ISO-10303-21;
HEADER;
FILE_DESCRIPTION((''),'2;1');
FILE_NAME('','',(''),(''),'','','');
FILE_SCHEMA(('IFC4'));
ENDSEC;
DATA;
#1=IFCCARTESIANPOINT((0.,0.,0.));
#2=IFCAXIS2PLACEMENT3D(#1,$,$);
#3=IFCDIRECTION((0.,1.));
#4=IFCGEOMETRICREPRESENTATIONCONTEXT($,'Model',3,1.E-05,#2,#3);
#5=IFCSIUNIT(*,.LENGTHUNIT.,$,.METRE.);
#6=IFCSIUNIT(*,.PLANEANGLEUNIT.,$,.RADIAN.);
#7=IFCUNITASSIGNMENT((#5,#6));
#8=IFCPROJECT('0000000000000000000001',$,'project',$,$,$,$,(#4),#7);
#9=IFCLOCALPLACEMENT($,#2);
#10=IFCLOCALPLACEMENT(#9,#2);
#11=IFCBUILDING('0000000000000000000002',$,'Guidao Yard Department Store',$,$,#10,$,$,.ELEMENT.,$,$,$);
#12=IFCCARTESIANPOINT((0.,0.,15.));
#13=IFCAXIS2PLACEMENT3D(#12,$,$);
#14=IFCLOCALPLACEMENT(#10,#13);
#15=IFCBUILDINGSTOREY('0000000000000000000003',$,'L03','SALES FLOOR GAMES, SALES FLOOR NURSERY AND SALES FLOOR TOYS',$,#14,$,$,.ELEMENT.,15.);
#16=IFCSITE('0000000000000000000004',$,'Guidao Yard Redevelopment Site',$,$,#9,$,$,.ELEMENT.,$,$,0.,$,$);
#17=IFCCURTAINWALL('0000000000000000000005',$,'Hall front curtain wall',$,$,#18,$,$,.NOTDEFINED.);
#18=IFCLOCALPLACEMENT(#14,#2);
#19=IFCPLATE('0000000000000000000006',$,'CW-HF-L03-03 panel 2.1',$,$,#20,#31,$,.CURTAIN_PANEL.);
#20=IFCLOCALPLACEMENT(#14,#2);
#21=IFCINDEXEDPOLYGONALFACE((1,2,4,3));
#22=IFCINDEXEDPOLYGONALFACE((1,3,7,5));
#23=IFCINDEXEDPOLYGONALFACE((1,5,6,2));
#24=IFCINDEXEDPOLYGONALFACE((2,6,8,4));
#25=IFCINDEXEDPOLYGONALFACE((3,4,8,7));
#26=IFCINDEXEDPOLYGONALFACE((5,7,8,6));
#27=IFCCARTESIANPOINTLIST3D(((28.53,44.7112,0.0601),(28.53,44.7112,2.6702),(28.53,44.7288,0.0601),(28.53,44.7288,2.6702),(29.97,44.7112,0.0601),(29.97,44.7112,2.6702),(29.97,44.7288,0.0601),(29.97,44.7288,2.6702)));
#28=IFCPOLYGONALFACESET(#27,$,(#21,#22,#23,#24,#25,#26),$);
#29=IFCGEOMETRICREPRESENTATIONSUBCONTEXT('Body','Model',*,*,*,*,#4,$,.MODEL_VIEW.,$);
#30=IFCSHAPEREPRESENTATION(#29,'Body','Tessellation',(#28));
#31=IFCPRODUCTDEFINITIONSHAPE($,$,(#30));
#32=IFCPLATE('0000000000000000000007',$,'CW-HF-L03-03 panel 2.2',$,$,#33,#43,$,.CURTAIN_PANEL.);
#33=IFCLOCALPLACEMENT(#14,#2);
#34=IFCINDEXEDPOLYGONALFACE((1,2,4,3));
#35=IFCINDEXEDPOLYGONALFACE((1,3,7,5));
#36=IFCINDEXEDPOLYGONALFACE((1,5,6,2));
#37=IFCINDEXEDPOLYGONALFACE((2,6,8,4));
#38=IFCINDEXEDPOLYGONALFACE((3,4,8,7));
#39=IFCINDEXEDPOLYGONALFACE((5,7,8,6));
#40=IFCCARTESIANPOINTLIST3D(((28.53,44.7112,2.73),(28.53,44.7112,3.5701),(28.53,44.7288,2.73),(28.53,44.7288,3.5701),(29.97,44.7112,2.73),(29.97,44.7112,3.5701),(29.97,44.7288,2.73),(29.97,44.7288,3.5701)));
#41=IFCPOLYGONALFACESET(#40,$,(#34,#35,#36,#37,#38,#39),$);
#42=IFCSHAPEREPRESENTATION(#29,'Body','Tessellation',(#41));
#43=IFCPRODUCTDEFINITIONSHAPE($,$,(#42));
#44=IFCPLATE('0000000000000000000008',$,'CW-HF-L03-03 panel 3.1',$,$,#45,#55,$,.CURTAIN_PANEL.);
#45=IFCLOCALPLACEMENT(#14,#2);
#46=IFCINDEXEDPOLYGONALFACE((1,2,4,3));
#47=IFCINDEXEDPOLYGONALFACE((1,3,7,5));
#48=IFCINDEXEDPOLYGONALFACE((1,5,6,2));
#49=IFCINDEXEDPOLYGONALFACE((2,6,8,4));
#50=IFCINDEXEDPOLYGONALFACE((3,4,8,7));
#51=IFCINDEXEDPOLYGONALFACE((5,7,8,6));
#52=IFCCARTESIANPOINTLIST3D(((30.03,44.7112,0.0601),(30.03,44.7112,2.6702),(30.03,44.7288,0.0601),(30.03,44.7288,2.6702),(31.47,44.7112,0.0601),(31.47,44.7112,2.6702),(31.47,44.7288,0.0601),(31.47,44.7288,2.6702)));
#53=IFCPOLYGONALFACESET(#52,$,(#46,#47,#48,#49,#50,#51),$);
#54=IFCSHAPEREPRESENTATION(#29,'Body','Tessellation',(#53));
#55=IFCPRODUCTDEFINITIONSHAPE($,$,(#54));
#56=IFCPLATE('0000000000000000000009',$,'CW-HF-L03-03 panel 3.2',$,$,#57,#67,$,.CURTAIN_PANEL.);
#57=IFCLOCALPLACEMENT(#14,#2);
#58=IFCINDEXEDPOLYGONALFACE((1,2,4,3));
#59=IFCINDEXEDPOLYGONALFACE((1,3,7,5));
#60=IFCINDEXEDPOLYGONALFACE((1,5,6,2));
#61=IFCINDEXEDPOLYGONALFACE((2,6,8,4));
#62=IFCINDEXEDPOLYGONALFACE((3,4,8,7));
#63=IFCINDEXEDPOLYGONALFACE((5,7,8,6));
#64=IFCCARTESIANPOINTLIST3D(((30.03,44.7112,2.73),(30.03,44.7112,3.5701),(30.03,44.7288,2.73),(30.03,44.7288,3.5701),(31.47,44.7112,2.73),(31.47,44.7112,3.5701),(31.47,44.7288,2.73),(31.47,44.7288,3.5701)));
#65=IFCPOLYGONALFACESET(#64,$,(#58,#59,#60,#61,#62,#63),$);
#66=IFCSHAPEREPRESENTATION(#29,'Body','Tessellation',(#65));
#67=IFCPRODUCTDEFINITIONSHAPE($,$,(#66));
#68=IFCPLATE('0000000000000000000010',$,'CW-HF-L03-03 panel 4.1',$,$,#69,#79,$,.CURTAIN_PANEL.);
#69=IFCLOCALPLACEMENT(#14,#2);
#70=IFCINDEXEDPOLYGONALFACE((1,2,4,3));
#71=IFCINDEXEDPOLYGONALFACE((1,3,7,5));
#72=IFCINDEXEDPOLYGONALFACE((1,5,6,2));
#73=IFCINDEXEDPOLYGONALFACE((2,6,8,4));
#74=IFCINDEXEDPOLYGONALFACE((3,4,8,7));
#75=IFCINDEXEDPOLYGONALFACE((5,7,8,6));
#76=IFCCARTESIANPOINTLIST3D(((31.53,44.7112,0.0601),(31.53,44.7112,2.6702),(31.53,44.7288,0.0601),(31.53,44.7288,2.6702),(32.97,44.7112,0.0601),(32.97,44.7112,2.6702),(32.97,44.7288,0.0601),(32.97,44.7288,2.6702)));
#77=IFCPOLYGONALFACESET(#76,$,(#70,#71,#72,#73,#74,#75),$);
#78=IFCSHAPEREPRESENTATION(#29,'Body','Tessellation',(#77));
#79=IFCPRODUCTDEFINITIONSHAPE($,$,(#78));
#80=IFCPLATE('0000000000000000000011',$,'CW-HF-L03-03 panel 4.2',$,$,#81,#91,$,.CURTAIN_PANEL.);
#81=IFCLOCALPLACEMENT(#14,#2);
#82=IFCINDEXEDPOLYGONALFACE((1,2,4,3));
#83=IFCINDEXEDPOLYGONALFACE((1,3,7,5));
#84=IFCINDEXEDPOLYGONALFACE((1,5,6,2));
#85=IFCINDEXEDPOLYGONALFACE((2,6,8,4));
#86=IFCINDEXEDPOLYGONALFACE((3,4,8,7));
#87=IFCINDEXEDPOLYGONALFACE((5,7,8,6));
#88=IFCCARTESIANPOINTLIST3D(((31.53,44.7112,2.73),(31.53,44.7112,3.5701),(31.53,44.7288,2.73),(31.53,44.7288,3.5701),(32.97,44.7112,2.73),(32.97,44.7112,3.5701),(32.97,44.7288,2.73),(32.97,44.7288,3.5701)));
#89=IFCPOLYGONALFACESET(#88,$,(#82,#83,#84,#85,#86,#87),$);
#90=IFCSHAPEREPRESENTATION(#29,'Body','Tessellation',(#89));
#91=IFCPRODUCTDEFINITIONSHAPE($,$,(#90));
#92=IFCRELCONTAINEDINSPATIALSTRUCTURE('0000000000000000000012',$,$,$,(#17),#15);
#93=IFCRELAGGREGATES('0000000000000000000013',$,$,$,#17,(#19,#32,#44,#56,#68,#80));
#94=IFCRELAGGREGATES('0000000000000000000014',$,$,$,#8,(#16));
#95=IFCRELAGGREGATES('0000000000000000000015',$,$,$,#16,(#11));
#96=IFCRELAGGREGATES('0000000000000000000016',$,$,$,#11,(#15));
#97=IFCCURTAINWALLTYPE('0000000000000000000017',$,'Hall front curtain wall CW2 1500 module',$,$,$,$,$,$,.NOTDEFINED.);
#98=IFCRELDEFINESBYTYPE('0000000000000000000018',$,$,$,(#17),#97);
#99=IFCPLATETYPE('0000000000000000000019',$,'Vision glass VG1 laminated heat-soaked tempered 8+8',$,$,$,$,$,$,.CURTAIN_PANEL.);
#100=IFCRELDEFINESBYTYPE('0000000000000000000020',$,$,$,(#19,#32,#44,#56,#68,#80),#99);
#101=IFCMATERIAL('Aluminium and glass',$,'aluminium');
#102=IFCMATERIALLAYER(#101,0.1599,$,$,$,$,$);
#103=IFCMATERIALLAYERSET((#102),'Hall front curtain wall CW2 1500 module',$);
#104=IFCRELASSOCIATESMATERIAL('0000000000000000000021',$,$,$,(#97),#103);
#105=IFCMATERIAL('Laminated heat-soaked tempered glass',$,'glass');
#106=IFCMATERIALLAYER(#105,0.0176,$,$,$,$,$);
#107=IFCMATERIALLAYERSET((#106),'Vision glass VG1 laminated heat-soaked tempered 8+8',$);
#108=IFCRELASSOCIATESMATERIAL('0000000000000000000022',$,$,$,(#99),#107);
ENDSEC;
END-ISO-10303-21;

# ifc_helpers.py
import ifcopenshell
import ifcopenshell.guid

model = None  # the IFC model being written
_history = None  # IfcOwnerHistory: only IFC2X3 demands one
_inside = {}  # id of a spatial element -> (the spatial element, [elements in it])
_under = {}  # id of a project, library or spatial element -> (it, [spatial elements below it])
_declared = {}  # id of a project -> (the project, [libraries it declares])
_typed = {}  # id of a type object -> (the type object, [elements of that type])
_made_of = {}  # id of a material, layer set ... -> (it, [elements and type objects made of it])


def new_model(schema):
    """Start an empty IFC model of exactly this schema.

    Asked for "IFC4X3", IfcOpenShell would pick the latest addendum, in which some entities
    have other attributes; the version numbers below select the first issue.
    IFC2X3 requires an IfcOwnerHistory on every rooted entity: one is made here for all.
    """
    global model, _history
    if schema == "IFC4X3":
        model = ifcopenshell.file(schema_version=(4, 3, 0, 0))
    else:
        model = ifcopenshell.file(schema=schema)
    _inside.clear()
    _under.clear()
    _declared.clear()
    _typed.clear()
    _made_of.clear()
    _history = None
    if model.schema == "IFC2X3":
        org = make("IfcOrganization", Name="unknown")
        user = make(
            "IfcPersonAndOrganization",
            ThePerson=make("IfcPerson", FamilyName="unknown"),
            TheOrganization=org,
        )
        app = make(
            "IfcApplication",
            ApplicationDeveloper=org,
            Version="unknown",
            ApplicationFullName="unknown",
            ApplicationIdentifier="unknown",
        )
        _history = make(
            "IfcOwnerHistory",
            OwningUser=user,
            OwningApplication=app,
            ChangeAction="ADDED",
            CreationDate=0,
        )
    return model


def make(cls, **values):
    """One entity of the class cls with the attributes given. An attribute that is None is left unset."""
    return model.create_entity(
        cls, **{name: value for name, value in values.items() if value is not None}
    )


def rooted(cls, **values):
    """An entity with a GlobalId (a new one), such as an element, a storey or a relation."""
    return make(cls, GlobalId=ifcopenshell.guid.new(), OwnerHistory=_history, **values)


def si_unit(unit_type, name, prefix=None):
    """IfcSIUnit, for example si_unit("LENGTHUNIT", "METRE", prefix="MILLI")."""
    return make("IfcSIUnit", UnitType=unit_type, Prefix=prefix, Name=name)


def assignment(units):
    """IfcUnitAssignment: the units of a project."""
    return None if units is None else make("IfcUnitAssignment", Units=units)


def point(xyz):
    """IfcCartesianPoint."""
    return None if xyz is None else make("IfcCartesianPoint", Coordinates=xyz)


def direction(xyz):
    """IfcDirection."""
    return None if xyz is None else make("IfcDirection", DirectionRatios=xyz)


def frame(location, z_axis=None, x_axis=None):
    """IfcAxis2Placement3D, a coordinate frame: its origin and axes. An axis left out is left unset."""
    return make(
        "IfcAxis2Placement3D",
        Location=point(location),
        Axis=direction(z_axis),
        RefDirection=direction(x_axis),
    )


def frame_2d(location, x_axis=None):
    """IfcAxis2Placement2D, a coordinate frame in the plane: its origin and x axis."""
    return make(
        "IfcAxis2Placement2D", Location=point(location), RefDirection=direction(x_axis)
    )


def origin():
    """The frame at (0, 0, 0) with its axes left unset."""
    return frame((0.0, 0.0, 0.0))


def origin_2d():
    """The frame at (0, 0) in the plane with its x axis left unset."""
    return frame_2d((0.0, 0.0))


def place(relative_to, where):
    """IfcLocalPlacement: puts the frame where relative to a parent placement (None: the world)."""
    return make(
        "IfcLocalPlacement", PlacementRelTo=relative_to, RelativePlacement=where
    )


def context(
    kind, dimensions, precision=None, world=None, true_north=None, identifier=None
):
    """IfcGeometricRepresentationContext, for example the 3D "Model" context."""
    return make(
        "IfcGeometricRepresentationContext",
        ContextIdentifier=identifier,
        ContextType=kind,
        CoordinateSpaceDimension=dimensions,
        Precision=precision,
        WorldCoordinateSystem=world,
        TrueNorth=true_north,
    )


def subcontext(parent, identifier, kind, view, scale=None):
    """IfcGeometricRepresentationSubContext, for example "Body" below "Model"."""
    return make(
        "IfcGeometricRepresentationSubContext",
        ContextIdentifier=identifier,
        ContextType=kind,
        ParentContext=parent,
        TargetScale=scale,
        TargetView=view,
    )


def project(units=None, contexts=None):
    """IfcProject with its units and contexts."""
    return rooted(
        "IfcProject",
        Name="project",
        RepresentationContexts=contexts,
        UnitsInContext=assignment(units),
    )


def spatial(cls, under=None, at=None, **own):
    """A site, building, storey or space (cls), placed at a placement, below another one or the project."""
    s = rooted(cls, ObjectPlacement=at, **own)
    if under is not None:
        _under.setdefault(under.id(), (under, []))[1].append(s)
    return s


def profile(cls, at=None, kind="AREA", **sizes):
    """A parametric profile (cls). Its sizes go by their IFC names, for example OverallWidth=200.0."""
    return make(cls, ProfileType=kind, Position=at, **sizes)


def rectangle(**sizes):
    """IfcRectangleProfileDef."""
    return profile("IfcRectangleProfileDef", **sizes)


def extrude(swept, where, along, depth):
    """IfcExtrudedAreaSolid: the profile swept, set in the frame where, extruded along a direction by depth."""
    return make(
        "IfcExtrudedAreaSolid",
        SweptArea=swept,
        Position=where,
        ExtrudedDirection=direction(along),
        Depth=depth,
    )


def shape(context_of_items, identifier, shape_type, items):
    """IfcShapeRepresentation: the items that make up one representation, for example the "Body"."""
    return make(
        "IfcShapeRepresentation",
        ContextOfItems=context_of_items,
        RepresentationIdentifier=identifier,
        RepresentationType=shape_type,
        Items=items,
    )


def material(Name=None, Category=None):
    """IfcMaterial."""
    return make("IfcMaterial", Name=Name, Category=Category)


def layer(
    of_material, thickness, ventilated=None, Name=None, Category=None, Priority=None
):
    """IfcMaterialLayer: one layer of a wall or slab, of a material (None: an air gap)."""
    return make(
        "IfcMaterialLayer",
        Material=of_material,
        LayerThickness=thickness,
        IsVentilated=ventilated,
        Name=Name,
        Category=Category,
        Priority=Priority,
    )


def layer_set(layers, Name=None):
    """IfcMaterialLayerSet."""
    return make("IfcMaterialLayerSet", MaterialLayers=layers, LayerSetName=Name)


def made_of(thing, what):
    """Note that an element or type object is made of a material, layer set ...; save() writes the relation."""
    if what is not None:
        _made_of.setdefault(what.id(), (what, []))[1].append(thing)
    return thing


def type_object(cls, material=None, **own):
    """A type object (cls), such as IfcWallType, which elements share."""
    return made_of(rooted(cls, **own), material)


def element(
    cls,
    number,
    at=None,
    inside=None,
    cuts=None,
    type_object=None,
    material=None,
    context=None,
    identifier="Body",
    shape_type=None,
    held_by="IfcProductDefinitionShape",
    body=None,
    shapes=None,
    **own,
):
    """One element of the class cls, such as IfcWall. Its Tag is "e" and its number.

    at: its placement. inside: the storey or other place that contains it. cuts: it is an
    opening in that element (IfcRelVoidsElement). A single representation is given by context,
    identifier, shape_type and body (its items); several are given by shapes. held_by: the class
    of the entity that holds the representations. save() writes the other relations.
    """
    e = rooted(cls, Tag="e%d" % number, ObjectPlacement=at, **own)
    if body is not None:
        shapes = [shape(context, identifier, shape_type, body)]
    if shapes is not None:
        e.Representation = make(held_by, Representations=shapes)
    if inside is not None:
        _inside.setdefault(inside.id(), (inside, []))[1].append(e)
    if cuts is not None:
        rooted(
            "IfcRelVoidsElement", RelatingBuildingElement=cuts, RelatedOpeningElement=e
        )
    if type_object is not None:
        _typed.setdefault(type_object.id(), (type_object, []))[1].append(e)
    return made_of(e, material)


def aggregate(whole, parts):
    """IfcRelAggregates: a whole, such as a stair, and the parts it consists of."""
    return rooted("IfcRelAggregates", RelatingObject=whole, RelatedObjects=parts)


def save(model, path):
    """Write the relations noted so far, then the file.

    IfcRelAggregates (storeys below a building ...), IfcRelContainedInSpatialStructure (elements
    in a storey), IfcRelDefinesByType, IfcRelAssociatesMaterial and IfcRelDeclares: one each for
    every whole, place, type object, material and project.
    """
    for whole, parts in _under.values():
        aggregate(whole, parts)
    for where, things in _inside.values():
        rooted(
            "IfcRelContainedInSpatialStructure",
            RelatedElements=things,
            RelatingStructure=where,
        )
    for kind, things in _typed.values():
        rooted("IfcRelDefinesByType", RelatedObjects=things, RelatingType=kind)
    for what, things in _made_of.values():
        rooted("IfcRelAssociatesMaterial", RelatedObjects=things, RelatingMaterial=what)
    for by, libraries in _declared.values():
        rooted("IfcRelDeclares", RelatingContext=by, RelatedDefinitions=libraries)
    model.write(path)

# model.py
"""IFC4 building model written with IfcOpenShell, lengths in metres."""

from ifc_helpers import new_model, si_unit, direction, frame, origin, origin_2d, place, context, subcontext, project, spatial, rectangle, extrude, material, layer, layer_set, type_object, element, aggregate, save


model = new_model("IFC4")

# Units and contexts
model_context = context("Model", 3, precision=1e-05, world=origin(), true_north=direction((0.0, 1.0)))
body_context = subcontext(model_context, "Body", "Model", "MODEL_VIEW")
ifc_project = project(units=[si_unit("LENGTHUNIT", "METRE"), si_unit("PLANEANGLEUNIT", "RADIAN")], contexts=[model_context])

# Site, building, storey
site_placement = place(None, origin())
site = spatial("IfcSite", under=ifc_project, at=site_placement, Name="Guidao Yard Redevelopment Site", CompositionType="ELEMENT", RefElevation=0.0)
building_placement = place(site_placement, origin())
building = spatial("IfcBuilding", under=site, at=building_placement, Name="Guidao Yard Department Store", CompositionType="ELEMENT")
storey_placement = place(building_placement, frame((0.0, 0.0, 15.0)))
storey = spatial("IfcBuildingStorey", under=building, at=storey_placement, Name="L03", Description="SALES FLOOR GAMES, SALES FLOOR NURSERY AND SALES FLOOR TOYS", CompositionType="ELEMENT", Elevation=15.0)

# Curtain wall, plates
ifc_material_1 = material(Name="Aluminium and glass", Category="aluminium")
ifc_layer_1 = layer(ifc_material_1, 0.1599)
ifc_layer_set_1 = layer_set([ifc_layer_1], Name="Hall front curtain wall CW2 1500 module")
curtain_wall_type = type_object("IfcCurtainWallType", Name="Hall front curtain wall CW2 1500 module", PredefinedType="NOTDEFINED", material=ifc_layer_set_1)
curtain_wall_placement = place(storey_placement, origin())
curtain_wall = element("IfcCurtainWall", 1, at=curtain_wall_placement, inside=storey, type_object=curtain_wall_type, Name="Hall front curtain wall", PredefinedType="NOTDEFINED")
ifc_material_2 = material(Name="Laminated heat-soaked tempered glass", Category="glass")
ifc_layer_2 = layer(ifc_material_2, 0.0176)
ifc_layer_set_2 = layer_set([ifc_layer_2], Name="Vision glass VG1 laminated heat-soaked tempered 8+8")
plate_type_1 = type_object("IfcPlateType", Name="Vision glass VG1 laminated heat-soaked tempered 8+8", PredefinedType="CURTAIN_PANEL", material=ifc_layer_set_2)
plate_1_placement = place(storey_placement, frame((29.25, 44.72, 0.0601), z_axis=(0.0, 0.0, 1.0), x_axis=(-1.0, 0.0, 0.0)))
plate_1 = element("IfcPlate", 2, at=plate_1_placement, type_object=plate_type_1, Name="CW-HF-L03-03 panel 2.1", PredefinedType="CURTAIN_PANEL", context=body_context, shape_type="SweptSolid", body=[
    extrude(rectangle(XDim=1.4399, YDim=0.0176, at=origin_2d()), origin(), (0.0, 0.0, 1.0), 2.6101),
])
plate_2_placement = place(storey_placement, frame((29.25, 44.72, 2.73), z_axis=(0.0, 0.0, 1.0), x_axis=(-1.0, 0.0, 0.0)))
plate_2 = element("IfcPlate", 3, at=plate_2_placement, type_object=plate_type_1, Name="CW-HF-L03-03 panel 2.2", PredefinedType="CURTAIN_PANEL", context=body_context, shape_type="SweptSolid", body=[
    extrude(rectangle(XDim=1.4399, YDim=0.0176, at=origin_2d()), origin(), (0.0, 0.0, 1.0), 0.8401),
])
plate_3_placement = place(storey_placement, frame((30.75, 44.72, 0.0601), z_axis=(0.0, 0.0, 1.0), x_axis=(-1.0, 0.0, 0.0)))
plate_3 = element("IfcPlate", 4, at=plate_3_placement, type_object=plate_type_1, Name="CW-HF-L03-03 panel 3.1", PredefinedType="CURTAIN_PANEL", context=body_context, shape_type="SweptSolid", body=[
    extrude(rectangle(XDim=1.4399, YDim=0.0176, at=origin_2d()), origin(), (0.0, 0.0, 1.0), 2.6101),
])
plate_4_placement = place(storey_placement, frame((30.75, 44.72, 2.73), z_axis=(0.0, 0.0, 1.0), x_axis=(-1.0, 0.0, 0.0)))
plate_4 = element("IfcPlate", 5, at=plate_4_placement, type_object=plate_type_1, Name="CW-HF-L03-03 panel 3.2", PredefinedType="CURTAIN_PANEL", context=body_context, shape_type="SweptSolid", body=[
    extrude(rectangle(XDim=1.4399, YDim=0.0176, at=origin_2d()), origin(), (0.0, 0.0, 1.0), 0.8401),
])
plate_5_placement = place(storey_placement, frame((32.25, 44.72, 0.0601), z_axis=(0.0, 0.0, 1.0), x_axis=(-1.0, 0.0, 0.0)))
plate_5 = element("IfcPlate", 6, at=plate_5_placement, type_object=plate_type_1, Name="CW-HF-L03-03 panel 4.1", PredefinedType="CURTAIN_PANEL", context=body_context, shape_type="SweptSolid", body=[
    extrude(rectangle(XDim=1.4399, YDim=0.0176, at=origin_2d()), origin(), (0.0, 0.0, 1.0), 2.6101),
])
plate_6_placement = place(storey_placement, frame((32.25, 44.72, 2.73), z_axis=(0.0, 0.0, 1.0), x_axis=(-1.0, 0.0, 0.0)))
plate_6 = element("IfcPlate", 7, at=plate_6_placement, type_object=plate_type_1, Name="CW-HF-L03-03 panel 4.2", PredefinedType="CURTAIN_PANEL", context=body_context, shape_type="SweptSolid", body=[
    extrude(rectangle(XDim=1.4399, YDim=0.0176, at=origin_2d()), origin(), (0.0, 0.0, 1.0), 0.8401),
])
aggregate(curtain_wall, [plate_1, plate_2, plate_3, plate_4, plate_5, plate_6])

save(model, "model.ifc")
